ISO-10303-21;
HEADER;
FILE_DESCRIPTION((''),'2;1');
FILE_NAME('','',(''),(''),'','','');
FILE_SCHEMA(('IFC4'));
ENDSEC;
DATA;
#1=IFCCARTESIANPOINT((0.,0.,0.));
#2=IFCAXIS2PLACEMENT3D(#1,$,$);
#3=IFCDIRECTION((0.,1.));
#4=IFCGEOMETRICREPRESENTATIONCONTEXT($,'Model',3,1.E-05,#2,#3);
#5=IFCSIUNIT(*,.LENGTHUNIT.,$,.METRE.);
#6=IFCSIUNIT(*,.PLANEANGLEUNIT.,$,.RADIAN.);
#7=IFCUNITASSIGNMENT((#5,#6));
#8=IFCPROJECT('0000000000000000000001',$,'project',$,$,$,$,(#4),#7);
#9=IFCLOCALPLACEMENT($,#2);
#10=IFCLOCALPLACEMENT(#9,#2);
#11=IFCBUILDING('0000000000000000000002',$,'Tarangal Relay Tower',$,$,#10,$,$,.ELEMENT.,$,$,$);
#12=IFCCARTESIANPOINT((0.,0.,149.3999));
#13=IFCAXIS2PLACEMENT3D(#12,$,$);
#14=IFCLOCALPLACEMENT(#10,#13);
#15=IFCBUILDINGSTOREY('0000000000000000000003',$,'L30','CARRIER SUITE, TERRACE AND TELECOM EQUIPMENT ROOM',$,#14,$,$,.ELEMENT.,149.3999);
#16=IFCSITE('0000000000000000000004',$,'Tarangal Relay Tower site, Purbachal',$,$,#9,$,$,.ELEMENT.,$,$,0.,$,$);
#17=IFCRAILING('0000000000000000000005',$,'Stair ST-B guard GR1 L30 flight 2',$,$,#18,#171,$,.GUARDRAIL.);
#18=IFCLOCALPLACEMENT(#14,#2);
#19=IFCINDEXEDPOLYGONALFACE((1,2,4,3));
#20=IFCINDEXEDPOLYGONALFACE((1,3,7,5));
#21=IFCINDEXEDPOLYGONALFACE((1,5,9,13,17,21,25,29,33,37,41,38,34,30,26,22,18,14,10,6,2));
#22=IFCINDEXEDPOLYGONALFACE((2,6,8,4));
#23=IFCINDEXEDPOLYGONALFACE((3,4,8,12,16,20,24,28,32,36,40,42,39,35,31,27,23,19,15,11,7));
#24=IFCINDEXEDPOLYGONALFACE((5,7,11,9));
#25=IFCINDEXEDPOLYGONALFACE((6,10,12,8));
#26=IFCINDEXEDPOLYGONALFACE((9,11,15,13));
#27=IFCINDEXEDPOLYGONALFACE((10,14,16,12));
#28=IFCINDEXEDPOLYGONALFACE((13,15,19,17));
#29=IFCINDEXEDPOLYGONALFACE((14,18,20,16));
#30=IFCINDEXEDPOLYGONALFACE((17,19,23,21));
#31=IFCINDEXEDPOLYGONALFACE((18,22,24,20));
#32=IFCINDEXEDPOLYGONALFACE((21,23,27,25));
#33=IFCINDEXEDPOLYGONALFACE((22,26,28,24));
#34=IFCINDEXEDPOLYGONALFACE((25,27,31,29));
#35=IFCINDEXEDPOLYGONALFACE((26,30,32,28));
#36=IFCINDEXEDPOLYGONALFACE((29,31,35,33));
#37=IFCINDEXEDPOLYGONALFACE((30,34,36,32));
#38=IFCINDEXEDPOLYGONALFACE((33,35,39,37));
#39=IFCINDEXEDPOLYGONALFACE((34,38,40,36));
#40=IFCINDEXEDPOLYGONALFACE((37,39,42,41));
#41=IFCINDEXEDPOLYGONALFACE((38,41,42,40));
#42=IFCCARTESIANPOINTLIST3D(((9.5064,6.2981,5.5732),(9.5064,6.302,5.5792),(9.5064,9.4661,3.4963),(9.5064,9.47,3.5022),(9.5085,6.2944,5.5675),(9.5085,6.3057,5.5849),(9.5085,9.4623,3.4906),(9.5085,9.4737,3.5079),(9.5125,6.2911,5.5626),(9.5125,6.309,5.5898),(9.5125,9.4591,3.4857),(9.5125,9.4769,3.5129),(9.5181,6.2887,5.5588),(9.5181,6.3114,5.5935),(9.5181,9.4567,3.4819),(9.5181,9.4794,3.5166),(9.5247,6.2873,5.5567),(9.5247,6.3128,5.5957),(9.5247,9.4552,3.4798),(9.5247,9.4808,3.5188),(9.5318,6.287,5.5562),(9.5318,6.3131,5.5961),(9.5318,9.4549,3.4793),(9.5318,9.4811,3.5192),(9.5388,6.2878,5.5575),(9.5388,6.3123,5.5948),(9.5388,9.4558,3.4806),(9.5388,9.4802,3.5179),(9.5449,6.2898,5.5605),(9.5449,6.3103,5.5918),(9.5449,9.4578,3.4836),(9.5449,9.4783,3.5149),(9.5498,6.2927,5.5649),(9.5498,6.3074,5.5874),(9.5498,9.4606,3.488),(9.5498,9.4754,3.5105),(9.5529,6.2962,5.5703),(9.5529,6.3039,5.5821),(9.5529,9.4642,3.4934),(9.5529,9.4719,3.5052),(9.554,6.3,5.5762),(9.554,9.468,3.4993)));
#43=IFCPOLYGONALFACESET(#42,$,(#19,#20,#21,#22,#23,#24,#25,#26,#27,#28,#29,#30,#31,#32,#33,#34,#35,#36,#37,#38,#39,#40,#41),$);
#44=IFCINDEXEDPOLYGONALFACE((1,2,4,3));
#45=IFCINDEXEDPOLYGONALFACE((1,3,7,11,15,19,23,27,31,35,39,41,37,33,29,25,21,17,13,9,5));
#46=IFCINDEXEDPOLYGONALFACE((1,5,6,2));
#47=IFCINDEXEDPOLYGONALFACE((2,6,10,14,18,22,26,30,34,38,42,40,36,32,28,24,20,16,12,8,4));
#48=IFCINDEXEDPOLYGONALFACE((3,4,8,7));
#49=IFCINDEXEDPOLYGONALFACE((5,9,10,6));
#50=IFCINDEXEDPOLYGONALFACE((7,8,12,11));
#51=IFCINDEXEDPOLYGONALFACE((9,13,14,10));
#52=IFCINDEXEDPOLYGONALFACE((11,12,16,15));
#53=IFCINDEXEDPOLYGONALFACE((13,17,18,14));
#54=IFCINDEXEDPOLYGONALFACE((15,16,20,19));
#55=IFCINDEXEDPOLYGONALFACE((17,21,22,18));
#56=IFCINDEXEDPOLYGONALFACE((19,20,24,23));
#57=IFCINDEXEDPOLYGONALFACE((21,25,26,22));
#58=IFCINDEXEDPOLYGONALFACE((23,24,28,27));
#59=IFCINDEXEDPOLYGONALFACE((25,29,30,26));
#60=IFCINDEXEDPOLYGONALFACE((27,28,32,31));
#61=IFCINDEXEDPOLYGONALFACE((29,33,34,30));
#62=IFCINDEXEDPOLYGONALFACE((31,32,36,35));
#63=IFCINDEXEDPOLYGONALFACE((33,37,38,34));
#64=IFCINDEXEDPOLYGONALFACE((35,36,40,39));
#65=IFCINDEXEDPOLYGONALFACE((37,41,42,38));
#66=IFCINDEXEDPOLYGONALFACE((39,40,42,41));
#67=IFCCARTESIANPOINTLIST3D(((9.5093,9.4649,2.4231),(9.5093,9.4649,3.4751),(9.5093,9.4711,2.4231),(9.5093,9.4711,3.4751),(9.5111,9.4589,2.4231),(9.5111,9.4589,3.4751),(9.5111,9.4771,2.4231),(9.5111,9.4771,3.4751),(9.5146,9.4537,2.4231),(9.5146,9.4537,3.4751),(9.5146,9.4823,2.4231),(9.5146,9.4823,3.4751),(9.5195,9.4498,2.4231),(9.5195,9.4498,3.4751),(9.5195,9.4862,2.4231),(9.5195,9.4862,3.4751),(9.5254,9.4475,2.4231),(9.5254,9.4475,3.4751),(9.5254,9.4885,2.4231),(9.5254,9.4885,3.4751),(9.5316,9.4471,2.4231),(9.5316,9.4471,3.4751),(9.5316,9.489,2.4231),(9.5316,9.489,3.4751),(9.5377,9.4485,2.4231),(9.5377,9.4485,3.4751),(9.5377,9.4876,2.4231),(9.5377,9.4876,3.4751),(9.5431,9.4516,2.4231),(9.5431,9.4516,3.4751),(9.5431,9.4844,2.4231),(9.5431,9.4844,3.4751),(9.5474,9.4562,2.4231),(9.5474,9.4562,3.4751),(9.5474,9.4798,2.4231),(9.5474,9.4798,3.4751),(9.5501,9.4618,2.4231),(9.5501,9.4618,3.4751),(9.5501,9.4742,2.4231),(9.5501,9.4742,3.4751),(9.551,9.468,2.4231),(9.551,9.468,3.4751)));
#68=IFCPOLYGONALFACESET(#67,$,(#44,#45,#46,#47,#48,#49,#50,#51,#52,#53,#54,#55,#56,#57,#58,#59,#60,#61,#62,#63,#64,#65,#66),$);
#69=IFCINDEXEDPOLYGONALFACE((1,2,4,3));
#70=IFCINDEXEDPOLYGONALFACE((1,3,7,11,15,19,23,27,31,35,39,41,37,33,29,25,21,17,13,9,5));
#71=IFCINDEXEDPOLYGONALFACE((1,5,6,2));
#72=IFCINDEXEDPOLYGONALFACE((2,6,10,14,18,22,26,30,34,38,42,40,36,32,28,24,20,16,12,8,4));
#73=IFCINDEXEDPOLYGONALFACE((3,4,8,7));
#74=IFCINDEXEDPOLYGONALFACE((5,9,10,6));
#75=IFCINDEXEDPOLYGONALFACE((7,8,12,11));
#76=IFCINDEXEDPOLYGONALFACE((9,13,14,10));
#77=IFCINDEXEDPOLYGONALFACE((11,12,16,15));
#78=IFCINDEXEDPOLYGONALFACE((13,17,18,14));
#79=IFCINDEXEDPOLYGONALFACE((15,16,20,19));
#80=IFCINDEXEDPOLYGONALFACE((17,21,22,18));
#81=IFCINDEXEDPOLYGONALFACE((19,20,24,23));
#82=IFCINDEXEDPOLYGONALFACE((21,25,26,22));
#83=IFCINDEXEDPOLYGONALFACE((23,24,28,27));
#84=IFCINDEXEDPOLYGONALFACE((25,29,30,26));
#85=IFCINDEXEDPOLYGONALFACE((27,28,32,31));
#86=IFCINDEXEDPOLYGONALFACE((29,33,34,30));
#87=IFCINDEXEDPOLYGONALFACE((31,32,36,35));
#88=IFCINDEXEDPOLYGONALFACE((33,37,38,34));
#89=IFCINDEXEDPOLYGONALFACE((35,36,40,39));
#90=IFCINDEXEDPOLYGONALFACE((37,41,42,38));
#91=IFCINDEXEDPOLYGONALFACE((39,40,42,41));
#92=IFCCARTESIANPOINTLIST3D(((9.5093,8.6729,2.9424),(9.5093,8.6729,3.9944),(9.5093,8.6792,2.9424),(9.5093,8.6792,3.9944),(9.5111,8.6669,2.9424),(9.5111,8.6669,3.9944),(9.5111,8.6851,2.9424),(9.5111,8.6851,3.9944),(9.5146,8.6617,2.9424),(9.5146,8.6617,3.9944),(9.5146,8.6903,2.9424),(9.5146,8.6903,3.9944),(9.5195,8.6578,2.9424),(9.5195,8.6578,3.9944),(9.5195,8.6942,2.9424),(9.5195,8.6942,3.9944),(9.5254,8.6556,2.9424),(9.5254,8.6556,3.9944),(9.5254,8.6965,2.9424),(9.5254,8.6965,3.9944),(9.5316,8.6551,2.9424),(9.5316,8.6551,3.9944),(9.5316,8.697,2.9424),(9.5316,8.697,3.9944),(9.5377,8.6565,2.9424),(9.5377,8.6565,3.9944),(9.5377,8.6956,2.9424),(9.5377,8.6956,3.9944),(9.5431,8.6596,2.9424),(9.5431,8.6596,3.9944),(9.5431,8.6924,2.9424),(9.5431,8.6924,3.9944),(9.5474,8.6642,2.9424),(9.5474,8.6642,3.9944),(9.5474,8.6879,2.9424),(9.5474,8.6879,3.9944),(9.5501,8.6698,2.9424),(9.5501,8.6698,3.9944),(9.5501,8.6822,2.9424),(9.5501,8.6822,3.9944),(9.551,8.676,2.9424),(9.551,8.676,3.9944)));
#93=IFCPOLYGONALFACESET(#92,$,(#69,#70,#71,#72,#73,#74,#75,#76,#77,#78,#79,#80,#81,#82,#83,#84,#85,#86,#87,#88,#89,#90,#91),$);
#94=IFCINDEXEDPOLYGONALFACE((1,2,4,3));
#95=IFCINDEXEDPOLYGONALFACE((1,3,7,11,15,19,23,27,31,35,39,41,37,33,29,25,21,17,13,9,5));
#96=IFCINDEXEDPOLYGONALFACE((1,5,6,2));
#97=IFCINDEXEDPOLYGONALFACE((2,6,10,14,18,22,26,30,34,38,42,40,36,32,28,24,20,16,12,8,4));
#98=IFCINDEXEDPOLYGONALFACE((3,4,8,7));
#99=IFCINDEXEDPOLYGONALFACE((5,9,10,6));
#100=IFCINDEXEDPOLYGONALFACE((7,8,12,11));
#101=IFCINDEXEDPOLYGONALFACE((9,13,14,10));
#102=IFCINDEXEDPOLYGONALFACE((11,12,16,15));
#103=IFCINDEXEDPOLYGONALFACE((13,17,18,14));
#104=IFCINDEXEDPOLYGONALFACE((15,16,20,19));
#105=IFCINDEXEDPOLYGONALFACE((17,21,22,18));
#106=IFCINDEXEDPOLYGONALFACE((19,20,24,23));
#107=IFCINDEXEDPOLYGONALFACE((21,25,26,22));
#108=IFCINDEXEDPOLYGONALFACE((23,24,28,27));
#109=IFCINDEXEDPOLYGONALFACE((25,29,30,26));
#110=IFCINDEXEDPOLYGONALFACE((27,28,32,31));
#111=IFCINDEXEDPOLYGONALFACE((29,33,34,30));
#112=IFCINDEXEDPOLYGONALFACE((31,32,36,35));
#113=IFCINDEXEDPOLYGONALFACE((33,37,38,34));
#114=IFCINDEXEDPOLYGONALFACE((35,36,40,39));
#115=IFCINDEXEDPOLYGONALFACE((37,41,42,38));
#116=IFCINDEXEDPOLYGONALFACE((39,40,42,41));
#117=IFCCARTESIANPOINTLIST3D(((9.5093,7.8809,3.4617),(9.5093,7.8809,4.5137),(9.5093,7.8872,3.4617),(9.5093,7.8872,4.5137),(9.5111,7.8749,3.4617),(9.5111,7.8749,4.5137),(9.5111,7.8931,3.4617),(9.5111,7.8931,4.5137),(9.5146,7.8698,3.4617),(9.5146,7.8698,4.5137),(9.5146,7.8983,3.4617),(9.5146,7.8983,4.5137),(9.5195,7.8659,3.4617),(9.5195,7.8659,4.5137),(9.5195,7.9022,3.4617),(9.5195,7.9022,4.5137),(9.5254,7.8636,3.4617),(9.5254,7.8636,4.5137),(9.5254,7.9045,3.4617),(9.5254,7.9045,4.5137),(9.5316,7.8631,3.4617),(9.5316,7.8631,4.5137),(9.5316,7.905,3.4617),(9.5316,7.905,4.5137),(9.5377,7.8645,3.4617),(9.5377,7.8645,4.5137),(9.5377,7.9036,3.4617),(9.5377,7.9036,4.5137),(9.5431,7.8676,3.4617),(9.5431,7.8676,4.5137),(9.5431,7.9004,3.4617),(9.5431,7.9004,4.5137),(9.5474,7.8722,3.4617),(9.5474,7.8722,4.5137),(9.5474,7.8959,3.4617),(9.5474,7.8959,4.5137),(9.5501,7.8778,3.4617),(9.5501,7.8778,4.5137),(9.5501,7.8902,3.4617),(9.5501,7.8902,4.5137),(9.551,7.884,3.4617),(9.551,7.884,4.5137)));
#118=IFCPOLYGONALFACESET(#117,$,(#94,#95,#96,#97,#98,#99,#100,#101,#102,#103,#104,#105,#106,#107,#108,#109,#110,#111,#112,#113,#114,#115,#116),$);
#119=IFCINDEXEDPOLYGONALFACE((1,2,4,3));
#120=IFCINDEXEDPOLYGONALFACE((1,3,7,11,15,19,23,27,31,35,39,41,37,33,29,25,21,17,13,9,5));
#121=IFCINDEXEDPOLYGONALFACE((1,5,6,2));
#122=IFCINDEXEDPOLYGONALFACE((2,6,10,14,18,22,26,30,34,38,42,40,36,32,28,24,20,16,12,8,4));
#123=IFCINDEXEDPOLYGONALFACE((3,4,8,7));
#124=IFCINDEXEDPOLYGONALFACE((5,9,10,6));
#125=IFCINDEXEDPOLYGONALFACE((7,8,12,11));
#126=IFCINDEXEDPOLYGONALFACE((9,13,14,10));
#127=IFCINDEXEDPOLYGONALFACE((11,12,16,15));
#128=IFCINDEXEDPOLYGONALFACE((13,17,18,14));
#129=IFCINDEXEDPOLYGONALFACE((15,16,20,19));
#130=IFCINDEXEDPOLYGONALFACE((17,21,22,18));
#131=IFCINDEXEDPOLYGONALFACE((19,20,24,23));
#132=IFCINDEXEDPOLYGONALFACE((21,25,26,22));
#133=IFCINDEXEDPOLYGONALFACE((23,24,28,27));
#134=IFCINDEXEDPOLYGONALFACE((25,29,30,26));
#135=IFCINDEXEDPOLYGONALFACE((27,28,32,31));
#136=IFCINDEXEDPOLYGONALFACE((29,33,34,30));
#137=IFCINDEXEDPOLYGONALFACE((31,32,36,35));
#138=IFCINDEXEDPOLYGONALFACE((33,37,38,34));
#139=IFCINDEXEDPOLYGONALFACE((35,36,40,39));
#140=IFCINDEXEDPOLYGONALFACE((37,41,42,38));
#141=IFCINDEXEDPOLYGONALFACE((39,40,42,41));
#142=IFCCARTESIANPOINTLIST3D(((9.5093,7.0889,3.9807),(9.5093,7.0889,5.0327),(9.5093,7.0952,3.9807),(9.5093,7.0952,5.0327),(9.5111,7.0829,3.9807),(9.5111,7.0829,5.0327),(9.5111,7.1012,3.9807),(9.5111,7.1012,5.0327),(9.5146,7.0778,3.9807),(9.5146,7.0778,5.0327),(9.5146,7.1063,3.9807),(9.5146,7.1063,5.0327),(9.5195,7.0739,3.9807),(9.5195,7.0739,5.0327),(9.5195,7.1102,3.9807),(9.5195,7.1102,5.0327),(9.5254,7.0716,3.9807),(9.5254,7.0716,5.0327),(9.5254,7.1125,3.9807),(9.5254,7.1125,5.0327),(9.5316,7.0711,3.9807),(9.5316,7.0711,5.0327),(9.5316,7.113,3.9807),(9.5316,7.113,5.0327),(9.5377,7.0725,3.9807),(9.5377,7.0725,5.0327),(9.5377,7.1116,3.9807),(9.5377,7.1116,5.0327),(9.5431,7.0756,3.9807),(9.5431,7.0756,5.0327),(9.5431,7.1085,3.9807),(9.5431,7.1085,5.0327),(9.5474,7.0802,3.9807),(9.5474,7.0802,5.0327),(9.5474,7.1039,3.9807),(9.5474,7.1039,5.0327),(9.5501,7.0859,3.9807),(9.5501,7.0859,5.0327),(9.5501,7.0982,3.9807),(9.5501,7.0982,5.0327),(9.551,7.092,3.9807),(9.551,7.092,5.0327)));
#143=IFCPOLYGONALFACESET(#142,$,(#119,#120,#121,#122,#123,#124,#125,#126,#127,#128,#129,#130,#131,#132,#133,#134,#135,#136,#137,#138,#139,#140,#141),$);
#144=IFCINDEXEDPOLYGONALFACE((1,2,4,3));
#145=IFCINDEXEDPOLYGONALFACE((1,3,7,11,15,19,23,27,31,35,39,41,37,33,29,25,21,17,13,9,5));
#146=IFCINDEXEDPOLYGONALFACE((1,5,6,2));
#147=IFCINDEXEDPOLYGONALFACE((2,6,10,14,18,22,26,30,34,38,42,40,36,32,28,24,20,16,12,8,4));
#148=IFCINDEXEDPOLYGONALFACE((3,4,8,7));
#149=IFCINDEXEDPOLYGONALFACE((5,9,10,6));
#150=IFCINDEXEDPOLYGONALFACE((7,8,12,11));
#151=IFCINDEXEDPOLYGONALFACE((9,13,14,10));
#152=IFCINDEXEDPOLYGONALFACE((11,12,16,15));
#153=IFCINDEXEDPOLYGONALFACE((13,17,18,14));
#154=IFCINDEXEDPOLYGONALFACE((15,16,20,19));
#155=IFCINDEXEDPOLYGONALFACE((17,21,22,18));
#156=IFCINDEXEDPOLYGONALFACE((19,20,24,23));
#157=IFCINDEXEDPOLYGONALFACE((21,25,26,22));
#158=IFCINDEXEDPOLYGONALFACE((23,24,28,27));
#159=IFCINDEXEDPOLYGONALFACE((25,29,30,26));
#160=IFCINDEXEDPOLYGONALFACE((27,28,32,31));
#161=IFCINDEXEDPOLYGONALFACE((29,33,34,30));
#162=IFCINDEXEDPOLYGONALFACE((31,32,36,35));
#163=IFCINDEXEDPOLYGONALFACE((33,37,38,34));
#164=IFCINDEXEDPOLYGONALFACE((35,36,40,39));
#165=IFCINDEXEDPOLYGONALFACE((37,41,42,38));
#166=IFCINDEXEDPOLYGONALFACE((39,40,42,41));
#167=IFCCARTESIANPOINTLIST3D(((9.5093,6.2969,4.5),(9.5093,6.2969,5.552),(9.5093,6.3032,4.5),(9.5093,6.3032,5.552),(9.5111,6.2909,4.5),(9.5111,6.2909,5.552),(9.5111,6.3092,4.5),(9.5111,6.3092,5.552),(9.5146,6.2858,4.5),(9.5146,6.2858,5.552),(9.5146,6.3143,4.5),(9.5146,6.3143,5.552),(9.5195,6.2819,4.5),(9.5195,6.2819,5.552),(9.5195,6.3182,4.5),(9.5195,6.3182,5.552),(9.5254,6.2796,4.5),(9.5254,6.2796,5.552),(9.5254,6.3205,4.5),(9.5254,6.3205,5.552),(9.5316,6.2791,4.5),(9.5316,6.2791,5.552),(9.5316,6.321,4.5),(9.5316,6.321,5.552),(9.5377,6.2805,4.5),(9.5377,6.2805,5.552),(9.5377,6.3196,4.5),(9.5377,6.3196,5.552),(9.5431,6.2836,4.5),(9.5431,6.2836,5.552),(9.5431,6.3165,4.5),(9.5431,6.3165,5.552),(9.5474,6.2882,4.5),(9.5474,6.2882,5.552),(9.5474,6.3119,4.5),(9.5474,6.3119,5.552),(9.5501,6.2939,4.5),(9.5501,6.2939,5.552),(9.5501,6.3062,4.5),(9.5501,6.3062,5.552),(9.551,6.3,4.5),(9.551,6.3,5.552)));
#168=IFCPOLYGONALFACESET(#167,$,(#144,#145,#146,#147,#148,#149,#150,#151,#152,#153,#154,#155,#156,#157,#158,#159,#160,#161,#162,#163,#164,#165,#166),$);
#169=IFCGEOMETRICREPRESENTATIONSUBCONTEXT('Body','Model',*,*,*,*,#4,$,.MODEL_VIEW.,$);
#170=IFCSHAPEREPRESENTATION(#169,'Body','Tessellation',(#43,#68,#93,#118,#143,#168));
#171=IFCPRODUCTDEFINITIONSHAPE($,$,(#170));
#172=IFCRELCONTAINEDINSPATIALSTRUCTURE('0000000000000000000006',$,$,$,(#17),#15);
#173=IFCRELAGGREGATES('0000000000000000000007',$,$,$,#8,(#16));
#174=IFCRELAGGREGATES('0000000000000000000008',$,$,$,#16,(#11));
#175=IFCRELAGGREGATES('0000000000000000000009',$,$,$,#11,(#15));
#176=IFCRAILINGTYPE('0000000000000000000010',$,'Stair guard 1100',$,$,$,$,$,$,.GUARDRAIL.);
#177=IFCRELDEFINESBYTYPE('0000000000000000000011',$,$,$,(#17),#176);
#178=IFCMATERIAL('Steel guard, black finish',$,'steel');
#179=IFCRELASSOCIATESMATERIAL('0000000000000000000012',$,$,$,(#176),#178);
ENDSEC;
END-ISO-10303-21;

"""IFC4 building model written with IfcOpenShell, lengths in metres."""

from ifc_helpers import new_model, si_unit, direction, frame, origin, origin_2d, place, context, subcontext, project, spatial, circle, extrude, material, type_object, element, save


model = new_model("IFC4")

# Units and contexts
model_context = context("Model", 3, precision=1e-05, world=origin(), true_north=direction((0.0, 1.0)))
body_context = subcontext(model_context, "Body", "Model", "MODEL_VIEW")
ifc_project = project(units=[si_unit("LENGTHUNIT", "METRE"), si_unit("PLANEANGLEUNIT", "RADIAN")], contexts=[model_context])

# Site, building, storey
site_placement = place(None, origin())
site = spatial("IfcSite", under=ifc_project, at=site_placement, Name="Tarangal Relay Tower site, Purbachal", CompositionType="ELEMENT", RefElevation=0.0)
building_placement = place(site_placement, origin())
building = spatial("IfcBuilding", under=site, at=building_placement, Name="Tarangal Relay Tower", CompositionType="ELEMENT")
storey_placement = place(building_placement, frame((0.0, 0.0, 149.3999)))
storey = spatial("IfcBuildingStorey", under=building, at=storey_placement, Name="L30", Description="CARRIER SUITE, TERRACE AND TELECOM EQUIPMENT ROOM", CompositionType="ELEMENT", Elevation=149.3999)

# Railing
ifc_material_1 = material(Name="Steel guard, black finish", Category="steel")
railing_type_1 = type_object("IfcRailingType", Name="Stair guard 1100", PredefinedType="GUARDRAIL", material=ifc_material_1)
railing_1_placement = place(storey_placement, frame((9.53, 9.468, 2.4231)))
element("IfcRailing", 1, at=railing_1_placement, inside=storey, type_object=railing_type_1, Name="Stair ST-B guard GR1 L30 flight 2", PredefinedType="GUARDRAIL", context=body_context, shape_type="SweptSolid", body=[
    extrude(circle(Radius=0.0239, at=origin_2d()), frame((0.0, 0.0, 1.0762), z_axis=(0.0, -0.836299, 0.548273), x_axis=(1.0, 0.0, 0.0)), (0.0, 0.0, 1.0), 3.7881),
    extrude(circle(Radius=0.021, at=origin_2d()), origin(), (0.0, 0.0, 1.0), 1.052),
    extrude(circle(Radius=0.021, at=origin_2d()), frame((0.0, -0.792, 0.5193)), (0.0, 0.0, 1.0), 1.052),
    extrude(circle(Radius=0.021, at=origin_2d()), frame((0.0, -1.584, 1.0386)), (0.0, 0.0, 1.0), 1.052),
    extrude(circle(Radius=0.021, at=origin_2d()), frame((0.0, -2.376, 1.5576)), (0.0, 0.0, 1.0), 1.052),
    extrude(circle(Radius=0.021, at=origin_2d()), frame((0.0, -3.168, 2.0769)), (0.0, 0.0, 1.0), 1.052),
])

save(model, "model.ifc")
